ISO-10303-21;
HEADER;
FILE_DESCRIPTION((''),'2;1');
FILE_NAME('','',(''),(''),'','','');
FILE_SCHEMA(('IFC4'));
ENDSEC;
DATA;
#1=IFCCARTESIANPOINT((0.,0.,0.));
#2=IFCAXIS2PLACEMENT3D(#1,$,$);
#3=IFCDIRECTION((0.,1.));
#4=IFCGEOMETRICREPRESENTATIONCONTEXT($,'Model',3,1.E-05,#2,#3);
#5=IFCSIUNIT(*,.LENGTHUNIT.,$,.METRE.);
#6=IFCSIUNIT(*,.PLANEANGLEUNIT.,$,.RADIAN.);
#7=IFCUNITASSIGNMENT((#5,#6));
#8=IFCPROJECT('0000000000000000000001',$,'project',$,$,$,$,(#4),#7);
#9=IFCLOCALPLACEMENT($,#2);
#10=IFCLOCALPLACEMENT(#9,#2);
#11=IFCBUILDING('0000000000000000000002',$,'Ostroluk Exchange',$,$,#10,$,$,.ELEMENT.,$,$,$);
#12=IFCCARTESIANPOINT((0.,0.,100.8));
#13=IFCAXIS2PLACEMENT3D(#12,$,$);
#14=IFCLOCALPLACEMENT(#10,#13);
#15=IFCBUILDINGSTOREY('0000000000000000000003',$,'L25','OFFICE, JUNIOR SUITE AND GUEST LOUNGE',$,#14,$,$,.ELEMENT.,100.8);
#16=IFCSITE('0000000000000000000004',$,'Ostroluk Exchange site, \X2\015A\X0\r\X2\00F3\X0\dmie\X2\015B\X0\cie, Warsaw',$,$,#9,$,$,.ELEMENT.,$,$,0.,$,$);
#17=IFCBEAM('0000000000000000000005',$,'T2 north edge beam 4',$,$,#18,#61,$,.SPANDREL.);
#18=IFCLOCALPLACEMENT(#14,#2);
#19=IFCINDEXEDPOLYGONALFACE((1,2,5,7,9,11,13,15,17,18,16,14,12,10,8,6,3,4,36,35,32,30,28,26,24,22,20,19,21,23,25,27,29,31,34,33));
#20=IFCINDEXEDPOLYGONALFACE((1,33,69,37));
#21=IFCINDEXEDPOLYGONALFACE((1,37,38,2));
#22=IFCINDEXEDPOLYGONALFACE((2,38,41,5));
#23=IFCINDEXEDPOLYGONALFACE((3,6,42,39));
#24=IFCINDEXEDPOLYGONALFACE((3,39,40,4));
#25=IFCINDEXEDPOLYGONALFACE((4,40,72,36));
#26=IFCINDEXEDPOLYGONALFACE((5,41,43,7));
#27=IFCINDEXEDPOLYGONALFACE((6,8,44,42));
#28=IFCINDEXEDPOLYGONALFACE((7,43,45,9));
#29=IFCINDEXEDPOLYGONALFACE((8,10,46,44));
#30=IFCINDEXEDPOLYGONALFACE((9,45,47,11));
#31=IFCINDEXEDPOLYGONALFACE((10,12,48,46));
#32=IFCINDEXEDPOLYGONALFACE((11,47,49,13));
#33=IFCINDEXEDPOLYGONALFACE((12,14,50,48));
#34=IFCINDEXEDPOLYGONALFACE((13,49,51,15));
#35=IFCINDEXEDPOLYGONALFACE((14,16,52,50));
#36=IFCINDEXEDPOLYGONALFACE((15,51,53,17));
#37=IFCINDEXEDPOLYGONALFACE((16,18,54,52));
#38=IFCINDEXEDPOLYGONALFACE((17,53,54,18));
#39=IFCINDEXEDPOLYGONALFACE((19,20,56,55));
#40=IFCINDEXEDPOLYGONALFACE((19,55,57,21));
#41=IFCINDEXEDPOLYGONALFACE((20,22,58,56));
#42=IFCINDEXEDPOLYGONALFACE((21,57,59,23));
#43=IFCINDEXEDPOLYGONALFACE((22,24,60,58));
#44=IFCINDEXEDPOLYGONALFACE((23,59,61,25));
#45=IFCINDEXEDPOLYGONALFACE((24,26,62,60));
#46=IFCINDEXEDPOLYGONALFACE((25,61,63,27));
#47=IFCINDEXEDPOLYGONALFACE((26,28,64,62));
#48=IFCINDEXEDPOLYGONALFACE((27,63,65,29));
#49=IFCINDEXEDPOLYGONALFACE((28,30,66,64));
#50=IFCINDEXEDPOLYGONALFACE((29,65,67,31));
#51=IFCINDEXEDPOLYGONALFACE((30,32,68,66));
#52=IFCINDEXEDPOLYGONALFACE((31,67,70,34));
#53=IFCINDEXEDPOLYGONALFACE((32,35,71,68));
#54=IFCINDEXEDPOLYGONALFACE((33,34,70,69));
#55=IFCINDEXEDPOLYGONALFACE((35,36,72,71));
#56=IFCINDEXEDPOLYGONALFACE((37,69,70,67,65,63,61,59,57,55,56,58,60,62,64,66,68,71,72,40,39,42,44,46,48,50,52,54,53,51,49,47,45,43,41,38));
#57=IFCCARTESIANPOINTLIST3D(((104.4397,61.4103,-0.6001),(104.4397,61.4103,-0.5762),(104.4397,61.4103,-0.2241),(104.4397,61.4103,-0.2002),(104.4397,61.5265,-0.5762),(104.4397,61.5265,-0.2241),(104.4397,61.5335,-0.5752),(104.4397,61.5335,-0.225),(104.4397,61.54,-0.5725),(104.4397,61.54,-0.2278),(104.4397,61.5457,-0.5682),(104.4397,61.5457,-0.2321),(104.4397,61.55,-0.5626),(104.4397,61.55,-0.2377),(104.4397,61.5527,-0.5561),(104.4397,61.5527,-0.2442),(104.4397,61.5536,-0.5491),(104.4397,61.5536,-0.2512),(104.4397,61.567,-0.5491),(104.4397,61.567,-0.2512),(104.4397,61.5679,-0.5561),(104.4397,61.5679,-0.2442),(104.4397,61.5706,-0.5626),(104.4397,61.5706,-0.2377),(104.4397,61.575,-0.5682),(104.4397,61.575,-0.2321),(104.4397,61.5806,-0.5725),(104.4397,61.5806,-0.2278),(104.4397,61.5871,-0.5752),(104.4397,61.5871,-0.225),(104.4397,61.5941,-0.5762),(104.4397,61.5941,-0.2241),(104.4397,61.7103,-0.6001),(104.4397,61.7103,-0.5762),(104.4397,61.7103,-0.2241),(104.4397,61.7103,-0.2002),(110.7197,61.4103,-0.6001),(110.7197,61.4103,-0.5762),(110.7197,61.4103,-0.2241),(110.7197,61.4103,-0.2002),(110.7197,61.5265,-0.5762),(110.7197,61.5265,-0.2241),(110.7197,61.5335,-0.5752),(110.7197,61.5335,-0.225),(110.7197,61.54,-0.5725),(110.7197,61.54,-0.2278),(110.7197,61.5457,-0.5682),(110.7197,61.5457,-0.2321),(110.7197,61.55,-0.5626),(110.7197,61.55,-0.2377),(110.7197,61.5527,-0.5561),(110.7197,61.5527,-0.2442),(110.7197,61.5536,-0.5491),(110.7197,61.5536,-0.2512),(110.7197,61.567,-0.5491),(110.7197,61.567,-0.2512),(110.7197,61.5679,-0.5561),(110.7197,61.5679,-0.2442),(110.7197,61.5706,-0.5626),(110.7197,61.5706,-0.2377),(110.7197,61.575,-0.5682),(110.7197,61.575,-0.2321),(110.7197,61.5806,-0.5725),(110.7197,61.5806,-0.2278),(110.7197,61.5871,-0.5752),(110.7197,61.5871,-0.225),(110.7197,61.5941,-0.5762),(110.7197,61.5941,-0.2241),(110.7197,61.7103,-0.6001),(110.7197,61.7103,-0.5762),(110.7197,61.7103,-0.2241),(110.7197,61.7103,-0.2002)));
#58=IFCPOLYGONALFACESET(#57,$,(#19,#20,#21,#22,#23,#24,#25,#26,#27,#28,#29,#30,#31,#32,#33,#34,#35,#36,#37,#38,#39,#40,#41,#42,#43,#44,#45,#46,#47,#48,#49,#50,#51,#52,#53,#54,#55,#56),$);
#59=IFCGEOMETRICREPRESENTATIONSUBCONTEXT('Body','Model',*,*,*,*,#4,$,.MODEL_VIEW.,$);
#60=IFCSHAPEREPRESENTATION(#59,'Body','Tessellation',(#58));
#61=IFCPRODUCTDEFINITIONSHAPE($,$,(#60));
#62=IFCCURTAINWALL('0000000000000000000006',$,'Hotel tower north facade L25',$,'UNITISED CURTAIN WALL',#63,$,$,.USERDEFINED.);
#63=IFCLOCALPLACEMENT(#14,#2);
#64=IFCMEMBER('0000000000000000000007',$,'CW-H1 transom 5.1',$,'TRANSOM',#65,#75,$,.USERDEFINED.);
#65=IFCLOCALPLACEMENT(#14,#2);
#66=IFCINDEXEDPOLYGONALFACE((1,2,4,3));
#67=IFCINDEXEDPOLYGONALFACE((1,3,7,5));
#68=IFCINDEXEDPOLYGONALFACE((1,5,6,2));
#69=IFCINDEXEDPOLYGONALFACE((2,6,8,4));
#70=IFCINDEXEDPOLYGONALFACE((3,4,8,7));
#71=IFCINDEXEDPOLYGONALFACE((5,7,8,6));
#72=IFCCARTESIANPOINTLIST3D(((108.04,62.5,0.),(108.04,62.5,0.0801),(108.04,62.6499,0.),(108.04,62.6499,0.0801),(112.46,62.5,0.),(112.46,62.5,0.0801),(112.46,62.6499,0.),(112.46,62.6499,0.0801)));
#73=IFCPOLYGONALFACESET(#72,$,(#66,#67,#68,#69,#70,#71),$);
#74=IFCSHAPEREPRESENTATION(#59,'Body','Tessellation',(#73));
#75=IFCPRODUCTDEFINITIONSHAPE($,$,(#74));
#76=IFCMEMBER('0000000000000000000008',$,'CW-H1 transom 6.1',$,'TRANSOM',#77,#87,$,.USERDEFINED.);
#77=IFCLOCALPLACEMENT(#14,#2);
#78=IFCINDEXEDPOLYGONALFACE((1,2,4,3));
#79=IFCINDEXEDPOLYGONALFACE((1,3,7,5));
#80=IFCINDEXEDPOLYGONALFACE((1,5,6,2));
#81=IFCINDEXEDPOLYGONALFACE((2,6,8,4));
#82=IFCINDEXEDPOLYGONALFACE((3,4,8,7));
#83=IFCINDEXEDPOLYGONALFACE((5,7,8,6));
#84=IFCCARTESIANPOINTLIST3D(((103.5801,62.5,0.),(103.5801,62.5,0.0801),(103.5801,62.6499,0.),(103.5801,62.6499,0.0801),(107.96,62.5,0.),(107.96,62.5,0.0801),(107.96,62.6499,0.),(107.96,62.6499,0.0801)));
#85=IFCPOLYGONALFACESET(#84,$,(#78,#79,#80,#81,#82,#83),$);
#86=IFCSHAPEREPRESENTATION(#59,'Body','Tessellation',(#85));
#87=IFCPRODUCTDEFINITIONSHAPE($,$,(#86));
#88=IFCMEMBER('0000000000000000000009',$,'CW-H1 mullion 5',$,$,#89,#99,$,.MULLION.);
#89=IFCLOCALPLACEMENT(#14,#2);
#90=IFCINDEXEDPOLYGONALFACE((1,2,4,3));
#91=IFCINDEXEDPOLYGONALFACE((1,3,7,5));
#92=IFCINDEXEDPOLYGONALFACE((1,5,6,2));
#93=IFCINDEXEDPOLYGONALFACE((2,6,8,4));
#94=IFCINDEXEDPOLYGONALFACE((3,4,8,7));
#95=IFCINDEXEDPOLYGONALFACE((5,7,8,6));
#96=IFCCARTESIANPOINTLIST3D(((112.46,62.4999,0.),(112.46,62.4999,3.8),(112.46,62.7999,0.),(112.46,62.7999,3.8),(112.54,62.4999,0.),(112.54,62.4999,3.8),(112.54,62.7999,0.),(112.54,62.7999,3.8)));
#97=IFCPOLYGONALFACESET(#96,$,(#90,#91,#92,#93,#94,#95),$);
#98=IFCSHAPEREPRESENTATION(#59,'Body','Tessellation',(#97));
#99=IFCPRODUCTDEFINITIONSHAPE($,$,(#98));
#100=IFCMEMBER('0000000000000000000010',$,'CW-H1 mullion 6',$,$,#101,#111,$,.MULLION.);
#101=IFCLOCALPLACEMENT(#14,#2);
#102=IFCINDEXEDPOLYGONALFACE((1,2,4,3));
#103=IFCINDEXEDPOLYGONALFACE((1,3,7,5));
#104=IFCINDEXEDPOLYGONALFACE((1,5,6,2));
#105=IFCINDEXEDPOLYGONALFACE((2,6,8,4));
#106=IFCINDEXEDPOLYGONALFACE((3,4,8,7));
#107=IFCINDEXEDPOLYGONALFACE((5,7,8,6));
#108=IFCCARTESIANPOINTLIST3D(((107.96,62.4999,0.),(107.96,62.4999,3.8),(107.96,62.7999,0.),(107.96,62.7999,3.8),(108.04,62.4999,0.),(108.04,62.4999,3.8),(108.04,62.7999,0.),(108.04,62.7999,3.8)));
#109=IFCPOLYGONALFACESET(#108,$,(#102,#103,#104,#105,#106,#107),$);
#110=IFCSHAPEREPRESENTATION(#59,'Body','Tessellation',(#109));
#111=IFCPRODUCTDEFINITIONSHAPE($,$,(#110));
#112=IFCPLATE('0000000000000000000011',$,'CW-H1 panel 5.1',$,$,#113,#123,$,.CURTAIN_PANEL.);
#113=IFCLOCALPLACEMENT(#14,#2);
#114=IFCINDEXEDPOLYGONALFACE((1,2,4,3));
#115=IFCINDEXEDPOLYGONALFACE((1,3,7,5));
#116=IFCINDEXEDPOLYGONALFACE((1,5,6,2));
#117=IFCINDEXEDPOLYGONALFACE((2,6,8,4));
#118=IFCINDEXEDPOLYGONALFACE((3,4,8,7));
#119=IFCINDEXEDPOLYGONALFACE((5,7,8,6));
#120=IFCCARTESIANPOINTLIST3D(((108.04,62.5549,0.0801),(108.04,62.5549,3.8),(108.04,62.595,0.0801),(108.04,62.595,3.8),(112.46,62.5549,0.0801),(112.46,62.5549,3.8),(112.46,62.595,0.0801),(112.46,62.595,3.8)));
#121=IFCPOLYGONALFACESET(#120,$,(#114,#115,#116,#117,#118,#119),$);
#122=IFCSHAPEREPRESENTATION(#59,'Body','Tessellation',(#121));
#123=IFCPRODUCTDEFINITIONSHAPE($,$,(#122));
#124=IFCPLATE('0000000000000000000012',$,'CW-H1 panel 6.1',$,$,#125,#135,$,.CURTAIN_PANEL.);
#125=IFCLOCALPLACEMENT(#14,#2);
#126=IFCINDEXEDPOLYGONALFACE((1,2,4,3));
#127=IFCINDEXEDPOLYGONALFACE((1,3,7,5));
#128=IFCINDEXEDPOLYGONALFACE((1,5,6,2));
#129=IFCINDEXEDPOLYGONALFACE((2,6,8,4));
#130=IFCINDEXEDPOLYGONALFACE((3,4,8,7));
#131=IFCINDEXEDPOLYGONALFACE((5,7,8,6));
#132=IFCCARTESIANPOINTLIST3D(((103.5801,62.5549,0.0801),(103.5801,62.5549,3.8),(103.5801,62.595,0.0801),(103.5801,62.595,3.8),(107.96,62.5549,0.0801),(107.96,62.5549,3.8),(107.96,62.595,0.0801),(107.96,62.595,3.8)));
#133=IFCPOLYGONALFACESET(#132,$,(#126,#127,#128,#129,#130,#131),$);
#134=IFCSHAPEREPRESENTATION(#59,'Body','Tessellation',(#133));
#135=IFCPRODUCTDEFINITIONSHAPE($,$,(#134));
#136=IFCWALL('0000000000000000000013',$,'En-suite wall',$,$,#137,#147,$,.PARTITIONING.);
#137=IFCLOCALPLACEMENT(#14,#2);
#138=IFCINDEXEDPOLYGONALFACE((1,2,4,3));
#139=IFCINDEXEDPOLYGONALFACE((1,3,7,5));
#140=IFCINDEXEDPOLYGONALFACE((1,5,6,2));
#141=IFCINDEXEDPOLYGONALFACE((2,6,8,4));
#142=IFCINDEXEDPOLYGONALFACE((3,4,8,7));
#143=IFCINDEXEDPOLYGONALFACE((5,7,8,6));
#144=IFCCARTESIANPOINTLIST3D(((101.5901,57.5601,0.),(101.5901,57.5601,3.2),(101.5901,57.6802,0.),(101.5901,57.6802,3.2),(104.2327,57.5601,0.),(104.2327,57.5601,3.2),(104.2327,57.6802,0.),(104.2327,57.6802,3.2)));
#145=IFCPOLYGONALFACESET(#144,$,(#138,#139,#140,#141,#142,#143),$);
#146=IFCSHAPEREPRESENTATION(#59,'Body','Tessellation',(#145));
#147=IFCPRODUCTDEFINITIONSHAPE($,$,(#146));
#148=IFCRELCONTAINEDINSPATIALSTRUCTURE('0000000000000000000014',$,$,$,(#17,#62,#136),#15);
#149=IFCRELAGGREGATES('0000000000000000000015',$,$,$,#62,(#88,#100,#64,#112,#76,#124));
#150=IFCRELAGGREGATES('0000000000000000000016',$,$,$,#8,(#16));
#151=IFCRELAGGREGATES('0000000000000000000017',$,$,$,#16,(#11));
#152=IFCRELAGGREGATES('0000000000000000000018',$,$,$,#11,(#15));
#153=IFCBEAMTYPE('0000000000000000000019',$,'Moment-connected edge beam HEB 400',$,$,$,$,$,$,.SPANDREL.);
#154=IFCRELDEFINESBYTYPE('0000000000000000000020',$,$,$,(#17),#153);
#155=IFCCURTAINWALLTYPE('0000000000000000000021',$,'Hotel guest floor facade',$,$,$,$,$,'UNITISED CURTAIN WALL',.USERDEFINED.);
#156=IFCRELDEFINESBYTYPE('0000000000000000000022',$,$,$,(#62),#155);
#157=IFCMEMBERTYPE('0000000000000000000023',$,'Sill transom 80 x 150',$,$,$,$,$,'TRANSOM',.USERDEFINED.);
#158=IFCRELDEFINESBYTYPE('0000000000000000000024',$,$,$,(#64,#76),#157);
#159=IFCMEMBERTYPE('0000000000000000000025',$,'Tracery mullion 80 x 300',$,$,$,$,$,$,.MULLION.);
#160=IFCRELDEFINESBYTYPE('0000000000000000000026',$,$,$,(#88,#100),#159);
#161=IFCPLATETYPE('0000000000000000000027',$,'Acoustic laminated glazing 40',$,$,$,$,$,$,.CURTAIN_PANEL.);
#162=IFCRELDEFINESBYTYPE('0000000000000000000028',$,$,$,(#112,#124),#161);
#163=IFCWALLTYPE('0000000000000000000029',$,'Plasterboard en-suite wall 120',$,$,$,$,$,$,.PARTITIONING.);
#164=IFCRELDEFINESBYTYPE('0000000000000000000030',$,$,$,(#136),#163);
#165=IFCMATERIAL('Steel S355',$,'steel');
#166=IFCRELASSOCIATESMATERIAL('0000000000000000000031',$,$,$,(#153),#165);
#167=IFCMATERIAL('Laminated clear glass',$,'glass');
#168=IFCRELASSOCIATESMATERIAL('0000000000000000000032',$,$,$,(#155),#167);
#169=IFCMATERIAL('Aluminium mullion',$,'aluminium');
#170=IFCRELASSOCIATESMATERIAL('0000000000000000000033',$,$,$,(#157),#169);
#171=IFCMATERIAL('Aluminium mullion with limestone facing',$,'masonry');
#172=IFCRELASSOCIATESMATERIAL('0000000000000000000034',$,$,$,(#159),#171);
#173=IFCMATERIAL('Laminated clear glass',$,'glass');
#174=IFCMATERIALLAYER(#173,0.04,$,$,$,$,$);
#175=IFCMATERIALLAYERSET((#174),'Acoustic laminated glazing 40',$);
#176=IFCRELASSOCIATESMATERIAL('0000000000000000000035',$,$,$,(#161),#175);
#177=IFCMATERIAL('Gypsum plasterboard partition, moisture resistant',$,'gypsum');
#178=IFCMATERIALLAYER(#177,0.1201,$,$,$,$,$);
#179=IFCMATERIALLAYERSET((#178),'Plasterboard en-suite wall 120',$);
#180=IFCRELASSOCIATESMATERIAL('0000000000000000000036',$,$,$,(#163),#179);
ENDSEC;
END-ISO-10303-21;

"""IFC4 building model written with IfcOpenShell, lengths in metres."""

from ifc_helpers import new_model, si_unit, direction, frame, frame_2d, origin, origin_2d, place, context, subcontext, project, spatial, rectangle, i_section, extrude, material, layer, layer_set, material_profile, profile_set, type_object, element, aggregate, save


model = new_model("IFC4")

# Units and contexts
model_context = context("Model", 3, precision=1e-05, world=origin(), true_north=direction((0.0, 1.0)))
body_context = subcontext(model_context, "Body", "Model", "MODEL_VIEW")
ifc_project = project(units=[si_unit("LENGTHUNIT", "METRE"), si_unit("PLANEANGLEUNIT", "RADIAN")], contexts=[model_context])

# Site, building, storey
site_placement = place(None, origin())
site = spatial("IfcSite", under=ifc_project, at=site_placement, Name="Ostroluk Exchange site, Śródmieście, Warsaw", CompositionType="ELEMENT", RefElevation=0.0)
building_placement = place(site_placement, origin())
building = spatial("IfcBuilding", under=site, at=building_placement, Name="Ostroluk Exchange", CompositionType="ELEMENT")
storey_placement = place(building_placement, frame((0.0, 0.0, 100.8)))
storey = spatial("IfcBuildingStorey", under=building, at=storey_placement, Name="L25", Description="OFFICE, JUNIOR SUITE AND GUEST LOUNGE", CompositionType="ELEMENT", Elevation=100.8)

# Beam
ifc_material_1 = material(Name="Steel S355", Category="steel")
ifc_material_profile_1 = material_profile(ifc_material_1, i_section(OverallWidth=0.3, OverallDepth=0.3999, WebThickness=0.0134, FlangeThickness=0.0239, FilletRadius=0.0271, at=origin_2d()), Name="HEB 400")
ifc_profile_set_1 = profile_set([ifc_material_profile_1], Name="Steel S355")
beam_type_1 = type_object("IfcBeamType", Name="Moment-connected edge beam HEB 400", PredefinedType="SPANDREL", material=ifc_profile_set_1)
beam_1_placement = place(storey_placement, frame((110.7197, 61.5603, -0.4001), z_axis=(-1.0, 0.0, 0.0), x_axis=(0.0, -1.0, 0.0)))
element("IfcBeam", 1, at=beam_1_placement, inside=storey, type_object=beam_type_1, Name="T2 north edge beam 4", PredefinedType="SPANDREL", context=body_context, shape_type="SweptSolid", body=[
    extrude(i_section(OverallWidth=0.3, OverallDepth=0.3999, WebThickness=0.0134, FlangeThickness=0.0239, FilletRadius=0.0271, at=origin_2d()), origin(), (0.0, 0.0, 1.0), 6.28),
])

# Curtain wall, members, plates
ifc_material_2 = material(Name="Laminated clear glass", Category="glass")
curtain_wall_type = type_object("IfcCurtainWallType", Name="Hotel guest floor facade", ElementType="UNITISED CURTAIN WALL", PredefinedType="USERDEFINED", material=ifc_material_2)
curtain_wall_placement = place(storey_placement, origin())
curtain_wall = element("IfcCurtainWall", 2, at=curtain_wall_placement, inside=storey, type_object=curtain_wall_type, Name="Hotel tower north facade L25", ObjectType="UNITISED CURTAIN WALL", PredefinedType="USERDEFINED")
ifc_material_3 = material(Name="Aluminium mullion", Category="aluminium")
ifc_material_profile_2 = material_profile(ifc_material_3, rectangle(XDim=0.1499, YDim=0.0801, at=origin_2d()), Name="Sill transom 80 x 150")
ifc_profile_set_2 = profile_set([ifc_material_profile_2], Name="Aluminium mullion")
member_type_1 = type_object("IfcMemberType", Name="Sill transom 80 x 150", ElementType="TRANSOM", PredefinedType="USERDEFINED", material=ifc_profile_set_2)
member_1_placement = place(storey_placement, frame((112.46, 62.575, 0.04), z_axis=(-1.0, 0.0, 0.0), x_axis=(0.0, -1.0, 0.0)))
member_1 = element("IfcMember", 3, at=member_1_placement, type_object=member_type_1, Name="CW-H1 transom 5.1", ObjectType="TRANSOM", PredefinedType="USERDEFINED", context=body_context, shape_type="SweptSolid", body=[
    extrude(rectangle(XDim=0.1499, YDim=0.0801, at=origin_2d()), origin(), (0.0, 0.0, 1.0), 4.4199),
])
member_2_placement = place(storey_placement, frame((107.96, 62.575, 0.04), z_axis=(-1.0, 0.0, 0.0), x_axis=(0.0, -1.0, 0.0)))
member_2 = element("IfcMember", 4, at=member_2_placement, type_object=member_type_1, Name="CW-H1 transom 6.1", ObjectType="TRANSOM", PredefinedType="USERDEFINED", context=body_context, shape_type="SweptSolid", body=[
    extrude(rectangle(XDim=0.1499, YDim=0.0801, at=origin_2d()), origin(), (0.0, 0.0, 1.0), 4.3799),
])
ifc_material_4 = material(Name="Aluminium mullion with limestone facing", Category="masonry")
ifc_material_profile_3 = material_profile(ifc_material_4, rectangle(XDim=0.3, YDim=0.0801, at=origin_2d()), Name="Tracery mullion 80 x 300")
ifc_profile_set_3 = profile_set([ifc_material_profile_3], Name="Aluminium mullion with limestone facing")
member_type_2 = type_object("IfcMemberType", Name="Tracery mullion 80 x 300", PredefinedType="MULLION", material=ifc_profile_set_3)
member_3_placement = place(storey_placement, frame((112.5, 62.6499, 0.0), z_axis=(0.0, 0.0, 1.0), x_axis=(0.0, -1.0, 0.0)))
member_3 = element("IfcMember", 5, at=member_3_placement, type_object=member_type_2, Name="CW-H1 mullion 5", PredefinedType="MULLION", context=body_context, shape_type="SweptSolid", body=[
    extrude(rectangle(XDim=0.3, YDim=0.0801, at=origin_2d()), origin(), (0.0, 0.0, 1.0), 3.8),
])
member_4_placement = place(storey_placement, frame((108.0, 62.6499, 0.0), z_axis=(0.0, 0.0, 1.0), x_axis=(0.0, -1.0, 0.0)))
member_4 = element("IfcMember", 6, at=member_4_placement, type_object=member_type_2, Name="CW-H1 mullion 6", PredefinedType="MULLION", context=body_context, shape_type="SweptSolid", body=[
    extrude(rectangle(XDim=0.3, YDim=0.0801, at=origin_2d()), origin(), (0.0, 0.0, 1.0), 3.8),
])
ifc_material_5 = material(Name="Laminated clear glass", Category="glass")
ifc_layer_1 = layer(ifc_material_5, 0.04)
ifc_layer_set_1 = layer_set([ifc_layer_1], Name="Acoustic laminated glazing 40")
plate_type = type_object("IfcPlateType", Name="Acoustic laminated glazing 40", PredefinedType="CURTAIN_PANEL", material=ifc_layer_set_1)
plate_1_placement = place(storey_placement, frame((110.25, 62.575, 0.0801), z_axis=(0.0, 0.0, 1.0), x_axis=(-1.0, 0.0, 0.0)))
plate_1 = element("IfcPlate", 7, at=plate_1_placement, type_object=plate_type, Name="CW-H1 panel 5.1", PredefinedType="CURTAIN_PANEL", context=body_context, shape_type="SweptSolid", body=[
    extrude(rectangle(XDim=4.4199, YDim=0.04, at=origin_2d()), origin(), (0.0, 0.0, 1.0), 3.72),
])
plate_2_placement = place(storey_placement, frame((105.77, 62.575, 0.0801), z_axis=(0.0, 0.0, 1.0), x_axis=(-1.0, 0.0, 0.0)))
plate_2 = element("IfcPlate", 8, at=plate_2_placement, type_object=plate_type, Name="CW-H1 panel 6.1", PredefinedType="CURTAIN_PANEL", context=body_context, shape_type="SweptSolid", body=[
    extrude(rectangle(XDim=4.3799, YDim=0.04, at=origin_2d()), origin(), (0.0, 0.0, 1.0), 3.72),
])
aggregate(curtain_wall, [member_3, member_4, member_1, plate_1, member_2, plate_2])

# Wall
ifc_material_6 = material(Name="Gypsum plasterboard partition, moisture resistant", Category="gypsum")
ifc_layer_2 = layer(ifc_material_6, 0.1201)
ifc_layer_set_2 = layer_set([ifc_layer_2], Name="Plasterboard en-suite wall 120")
wall_type_1 = type_object("IfcWallType", Name="Plasterboard en-suite wall 120", PredefinedType="PARTITIONING", material=ifc_layer_set_2)
wall_1_placement = place(storey_placement, frame((104.2327, 57.6201, 0.0), z_axis=(0.0, 0.0, 1.0), x_axis=(-1.0, 0.0, 0.0)))
element("IfcWall", 9, at=wall_1_placement, inside=storey, type_object=wall_type_1, Name="En-suite wall", PredefinedType="PARTITIONING", context=body_context, shape_type="SweptSolid", body=[
    extrude(rectangle(XDim=2.6426, YDim=0.1201, at=frame_2d((1.3213, 0.0))), origin(), (0.0, 0.0, 1.0), 3.2),
])

save(model, "model.ifc")
